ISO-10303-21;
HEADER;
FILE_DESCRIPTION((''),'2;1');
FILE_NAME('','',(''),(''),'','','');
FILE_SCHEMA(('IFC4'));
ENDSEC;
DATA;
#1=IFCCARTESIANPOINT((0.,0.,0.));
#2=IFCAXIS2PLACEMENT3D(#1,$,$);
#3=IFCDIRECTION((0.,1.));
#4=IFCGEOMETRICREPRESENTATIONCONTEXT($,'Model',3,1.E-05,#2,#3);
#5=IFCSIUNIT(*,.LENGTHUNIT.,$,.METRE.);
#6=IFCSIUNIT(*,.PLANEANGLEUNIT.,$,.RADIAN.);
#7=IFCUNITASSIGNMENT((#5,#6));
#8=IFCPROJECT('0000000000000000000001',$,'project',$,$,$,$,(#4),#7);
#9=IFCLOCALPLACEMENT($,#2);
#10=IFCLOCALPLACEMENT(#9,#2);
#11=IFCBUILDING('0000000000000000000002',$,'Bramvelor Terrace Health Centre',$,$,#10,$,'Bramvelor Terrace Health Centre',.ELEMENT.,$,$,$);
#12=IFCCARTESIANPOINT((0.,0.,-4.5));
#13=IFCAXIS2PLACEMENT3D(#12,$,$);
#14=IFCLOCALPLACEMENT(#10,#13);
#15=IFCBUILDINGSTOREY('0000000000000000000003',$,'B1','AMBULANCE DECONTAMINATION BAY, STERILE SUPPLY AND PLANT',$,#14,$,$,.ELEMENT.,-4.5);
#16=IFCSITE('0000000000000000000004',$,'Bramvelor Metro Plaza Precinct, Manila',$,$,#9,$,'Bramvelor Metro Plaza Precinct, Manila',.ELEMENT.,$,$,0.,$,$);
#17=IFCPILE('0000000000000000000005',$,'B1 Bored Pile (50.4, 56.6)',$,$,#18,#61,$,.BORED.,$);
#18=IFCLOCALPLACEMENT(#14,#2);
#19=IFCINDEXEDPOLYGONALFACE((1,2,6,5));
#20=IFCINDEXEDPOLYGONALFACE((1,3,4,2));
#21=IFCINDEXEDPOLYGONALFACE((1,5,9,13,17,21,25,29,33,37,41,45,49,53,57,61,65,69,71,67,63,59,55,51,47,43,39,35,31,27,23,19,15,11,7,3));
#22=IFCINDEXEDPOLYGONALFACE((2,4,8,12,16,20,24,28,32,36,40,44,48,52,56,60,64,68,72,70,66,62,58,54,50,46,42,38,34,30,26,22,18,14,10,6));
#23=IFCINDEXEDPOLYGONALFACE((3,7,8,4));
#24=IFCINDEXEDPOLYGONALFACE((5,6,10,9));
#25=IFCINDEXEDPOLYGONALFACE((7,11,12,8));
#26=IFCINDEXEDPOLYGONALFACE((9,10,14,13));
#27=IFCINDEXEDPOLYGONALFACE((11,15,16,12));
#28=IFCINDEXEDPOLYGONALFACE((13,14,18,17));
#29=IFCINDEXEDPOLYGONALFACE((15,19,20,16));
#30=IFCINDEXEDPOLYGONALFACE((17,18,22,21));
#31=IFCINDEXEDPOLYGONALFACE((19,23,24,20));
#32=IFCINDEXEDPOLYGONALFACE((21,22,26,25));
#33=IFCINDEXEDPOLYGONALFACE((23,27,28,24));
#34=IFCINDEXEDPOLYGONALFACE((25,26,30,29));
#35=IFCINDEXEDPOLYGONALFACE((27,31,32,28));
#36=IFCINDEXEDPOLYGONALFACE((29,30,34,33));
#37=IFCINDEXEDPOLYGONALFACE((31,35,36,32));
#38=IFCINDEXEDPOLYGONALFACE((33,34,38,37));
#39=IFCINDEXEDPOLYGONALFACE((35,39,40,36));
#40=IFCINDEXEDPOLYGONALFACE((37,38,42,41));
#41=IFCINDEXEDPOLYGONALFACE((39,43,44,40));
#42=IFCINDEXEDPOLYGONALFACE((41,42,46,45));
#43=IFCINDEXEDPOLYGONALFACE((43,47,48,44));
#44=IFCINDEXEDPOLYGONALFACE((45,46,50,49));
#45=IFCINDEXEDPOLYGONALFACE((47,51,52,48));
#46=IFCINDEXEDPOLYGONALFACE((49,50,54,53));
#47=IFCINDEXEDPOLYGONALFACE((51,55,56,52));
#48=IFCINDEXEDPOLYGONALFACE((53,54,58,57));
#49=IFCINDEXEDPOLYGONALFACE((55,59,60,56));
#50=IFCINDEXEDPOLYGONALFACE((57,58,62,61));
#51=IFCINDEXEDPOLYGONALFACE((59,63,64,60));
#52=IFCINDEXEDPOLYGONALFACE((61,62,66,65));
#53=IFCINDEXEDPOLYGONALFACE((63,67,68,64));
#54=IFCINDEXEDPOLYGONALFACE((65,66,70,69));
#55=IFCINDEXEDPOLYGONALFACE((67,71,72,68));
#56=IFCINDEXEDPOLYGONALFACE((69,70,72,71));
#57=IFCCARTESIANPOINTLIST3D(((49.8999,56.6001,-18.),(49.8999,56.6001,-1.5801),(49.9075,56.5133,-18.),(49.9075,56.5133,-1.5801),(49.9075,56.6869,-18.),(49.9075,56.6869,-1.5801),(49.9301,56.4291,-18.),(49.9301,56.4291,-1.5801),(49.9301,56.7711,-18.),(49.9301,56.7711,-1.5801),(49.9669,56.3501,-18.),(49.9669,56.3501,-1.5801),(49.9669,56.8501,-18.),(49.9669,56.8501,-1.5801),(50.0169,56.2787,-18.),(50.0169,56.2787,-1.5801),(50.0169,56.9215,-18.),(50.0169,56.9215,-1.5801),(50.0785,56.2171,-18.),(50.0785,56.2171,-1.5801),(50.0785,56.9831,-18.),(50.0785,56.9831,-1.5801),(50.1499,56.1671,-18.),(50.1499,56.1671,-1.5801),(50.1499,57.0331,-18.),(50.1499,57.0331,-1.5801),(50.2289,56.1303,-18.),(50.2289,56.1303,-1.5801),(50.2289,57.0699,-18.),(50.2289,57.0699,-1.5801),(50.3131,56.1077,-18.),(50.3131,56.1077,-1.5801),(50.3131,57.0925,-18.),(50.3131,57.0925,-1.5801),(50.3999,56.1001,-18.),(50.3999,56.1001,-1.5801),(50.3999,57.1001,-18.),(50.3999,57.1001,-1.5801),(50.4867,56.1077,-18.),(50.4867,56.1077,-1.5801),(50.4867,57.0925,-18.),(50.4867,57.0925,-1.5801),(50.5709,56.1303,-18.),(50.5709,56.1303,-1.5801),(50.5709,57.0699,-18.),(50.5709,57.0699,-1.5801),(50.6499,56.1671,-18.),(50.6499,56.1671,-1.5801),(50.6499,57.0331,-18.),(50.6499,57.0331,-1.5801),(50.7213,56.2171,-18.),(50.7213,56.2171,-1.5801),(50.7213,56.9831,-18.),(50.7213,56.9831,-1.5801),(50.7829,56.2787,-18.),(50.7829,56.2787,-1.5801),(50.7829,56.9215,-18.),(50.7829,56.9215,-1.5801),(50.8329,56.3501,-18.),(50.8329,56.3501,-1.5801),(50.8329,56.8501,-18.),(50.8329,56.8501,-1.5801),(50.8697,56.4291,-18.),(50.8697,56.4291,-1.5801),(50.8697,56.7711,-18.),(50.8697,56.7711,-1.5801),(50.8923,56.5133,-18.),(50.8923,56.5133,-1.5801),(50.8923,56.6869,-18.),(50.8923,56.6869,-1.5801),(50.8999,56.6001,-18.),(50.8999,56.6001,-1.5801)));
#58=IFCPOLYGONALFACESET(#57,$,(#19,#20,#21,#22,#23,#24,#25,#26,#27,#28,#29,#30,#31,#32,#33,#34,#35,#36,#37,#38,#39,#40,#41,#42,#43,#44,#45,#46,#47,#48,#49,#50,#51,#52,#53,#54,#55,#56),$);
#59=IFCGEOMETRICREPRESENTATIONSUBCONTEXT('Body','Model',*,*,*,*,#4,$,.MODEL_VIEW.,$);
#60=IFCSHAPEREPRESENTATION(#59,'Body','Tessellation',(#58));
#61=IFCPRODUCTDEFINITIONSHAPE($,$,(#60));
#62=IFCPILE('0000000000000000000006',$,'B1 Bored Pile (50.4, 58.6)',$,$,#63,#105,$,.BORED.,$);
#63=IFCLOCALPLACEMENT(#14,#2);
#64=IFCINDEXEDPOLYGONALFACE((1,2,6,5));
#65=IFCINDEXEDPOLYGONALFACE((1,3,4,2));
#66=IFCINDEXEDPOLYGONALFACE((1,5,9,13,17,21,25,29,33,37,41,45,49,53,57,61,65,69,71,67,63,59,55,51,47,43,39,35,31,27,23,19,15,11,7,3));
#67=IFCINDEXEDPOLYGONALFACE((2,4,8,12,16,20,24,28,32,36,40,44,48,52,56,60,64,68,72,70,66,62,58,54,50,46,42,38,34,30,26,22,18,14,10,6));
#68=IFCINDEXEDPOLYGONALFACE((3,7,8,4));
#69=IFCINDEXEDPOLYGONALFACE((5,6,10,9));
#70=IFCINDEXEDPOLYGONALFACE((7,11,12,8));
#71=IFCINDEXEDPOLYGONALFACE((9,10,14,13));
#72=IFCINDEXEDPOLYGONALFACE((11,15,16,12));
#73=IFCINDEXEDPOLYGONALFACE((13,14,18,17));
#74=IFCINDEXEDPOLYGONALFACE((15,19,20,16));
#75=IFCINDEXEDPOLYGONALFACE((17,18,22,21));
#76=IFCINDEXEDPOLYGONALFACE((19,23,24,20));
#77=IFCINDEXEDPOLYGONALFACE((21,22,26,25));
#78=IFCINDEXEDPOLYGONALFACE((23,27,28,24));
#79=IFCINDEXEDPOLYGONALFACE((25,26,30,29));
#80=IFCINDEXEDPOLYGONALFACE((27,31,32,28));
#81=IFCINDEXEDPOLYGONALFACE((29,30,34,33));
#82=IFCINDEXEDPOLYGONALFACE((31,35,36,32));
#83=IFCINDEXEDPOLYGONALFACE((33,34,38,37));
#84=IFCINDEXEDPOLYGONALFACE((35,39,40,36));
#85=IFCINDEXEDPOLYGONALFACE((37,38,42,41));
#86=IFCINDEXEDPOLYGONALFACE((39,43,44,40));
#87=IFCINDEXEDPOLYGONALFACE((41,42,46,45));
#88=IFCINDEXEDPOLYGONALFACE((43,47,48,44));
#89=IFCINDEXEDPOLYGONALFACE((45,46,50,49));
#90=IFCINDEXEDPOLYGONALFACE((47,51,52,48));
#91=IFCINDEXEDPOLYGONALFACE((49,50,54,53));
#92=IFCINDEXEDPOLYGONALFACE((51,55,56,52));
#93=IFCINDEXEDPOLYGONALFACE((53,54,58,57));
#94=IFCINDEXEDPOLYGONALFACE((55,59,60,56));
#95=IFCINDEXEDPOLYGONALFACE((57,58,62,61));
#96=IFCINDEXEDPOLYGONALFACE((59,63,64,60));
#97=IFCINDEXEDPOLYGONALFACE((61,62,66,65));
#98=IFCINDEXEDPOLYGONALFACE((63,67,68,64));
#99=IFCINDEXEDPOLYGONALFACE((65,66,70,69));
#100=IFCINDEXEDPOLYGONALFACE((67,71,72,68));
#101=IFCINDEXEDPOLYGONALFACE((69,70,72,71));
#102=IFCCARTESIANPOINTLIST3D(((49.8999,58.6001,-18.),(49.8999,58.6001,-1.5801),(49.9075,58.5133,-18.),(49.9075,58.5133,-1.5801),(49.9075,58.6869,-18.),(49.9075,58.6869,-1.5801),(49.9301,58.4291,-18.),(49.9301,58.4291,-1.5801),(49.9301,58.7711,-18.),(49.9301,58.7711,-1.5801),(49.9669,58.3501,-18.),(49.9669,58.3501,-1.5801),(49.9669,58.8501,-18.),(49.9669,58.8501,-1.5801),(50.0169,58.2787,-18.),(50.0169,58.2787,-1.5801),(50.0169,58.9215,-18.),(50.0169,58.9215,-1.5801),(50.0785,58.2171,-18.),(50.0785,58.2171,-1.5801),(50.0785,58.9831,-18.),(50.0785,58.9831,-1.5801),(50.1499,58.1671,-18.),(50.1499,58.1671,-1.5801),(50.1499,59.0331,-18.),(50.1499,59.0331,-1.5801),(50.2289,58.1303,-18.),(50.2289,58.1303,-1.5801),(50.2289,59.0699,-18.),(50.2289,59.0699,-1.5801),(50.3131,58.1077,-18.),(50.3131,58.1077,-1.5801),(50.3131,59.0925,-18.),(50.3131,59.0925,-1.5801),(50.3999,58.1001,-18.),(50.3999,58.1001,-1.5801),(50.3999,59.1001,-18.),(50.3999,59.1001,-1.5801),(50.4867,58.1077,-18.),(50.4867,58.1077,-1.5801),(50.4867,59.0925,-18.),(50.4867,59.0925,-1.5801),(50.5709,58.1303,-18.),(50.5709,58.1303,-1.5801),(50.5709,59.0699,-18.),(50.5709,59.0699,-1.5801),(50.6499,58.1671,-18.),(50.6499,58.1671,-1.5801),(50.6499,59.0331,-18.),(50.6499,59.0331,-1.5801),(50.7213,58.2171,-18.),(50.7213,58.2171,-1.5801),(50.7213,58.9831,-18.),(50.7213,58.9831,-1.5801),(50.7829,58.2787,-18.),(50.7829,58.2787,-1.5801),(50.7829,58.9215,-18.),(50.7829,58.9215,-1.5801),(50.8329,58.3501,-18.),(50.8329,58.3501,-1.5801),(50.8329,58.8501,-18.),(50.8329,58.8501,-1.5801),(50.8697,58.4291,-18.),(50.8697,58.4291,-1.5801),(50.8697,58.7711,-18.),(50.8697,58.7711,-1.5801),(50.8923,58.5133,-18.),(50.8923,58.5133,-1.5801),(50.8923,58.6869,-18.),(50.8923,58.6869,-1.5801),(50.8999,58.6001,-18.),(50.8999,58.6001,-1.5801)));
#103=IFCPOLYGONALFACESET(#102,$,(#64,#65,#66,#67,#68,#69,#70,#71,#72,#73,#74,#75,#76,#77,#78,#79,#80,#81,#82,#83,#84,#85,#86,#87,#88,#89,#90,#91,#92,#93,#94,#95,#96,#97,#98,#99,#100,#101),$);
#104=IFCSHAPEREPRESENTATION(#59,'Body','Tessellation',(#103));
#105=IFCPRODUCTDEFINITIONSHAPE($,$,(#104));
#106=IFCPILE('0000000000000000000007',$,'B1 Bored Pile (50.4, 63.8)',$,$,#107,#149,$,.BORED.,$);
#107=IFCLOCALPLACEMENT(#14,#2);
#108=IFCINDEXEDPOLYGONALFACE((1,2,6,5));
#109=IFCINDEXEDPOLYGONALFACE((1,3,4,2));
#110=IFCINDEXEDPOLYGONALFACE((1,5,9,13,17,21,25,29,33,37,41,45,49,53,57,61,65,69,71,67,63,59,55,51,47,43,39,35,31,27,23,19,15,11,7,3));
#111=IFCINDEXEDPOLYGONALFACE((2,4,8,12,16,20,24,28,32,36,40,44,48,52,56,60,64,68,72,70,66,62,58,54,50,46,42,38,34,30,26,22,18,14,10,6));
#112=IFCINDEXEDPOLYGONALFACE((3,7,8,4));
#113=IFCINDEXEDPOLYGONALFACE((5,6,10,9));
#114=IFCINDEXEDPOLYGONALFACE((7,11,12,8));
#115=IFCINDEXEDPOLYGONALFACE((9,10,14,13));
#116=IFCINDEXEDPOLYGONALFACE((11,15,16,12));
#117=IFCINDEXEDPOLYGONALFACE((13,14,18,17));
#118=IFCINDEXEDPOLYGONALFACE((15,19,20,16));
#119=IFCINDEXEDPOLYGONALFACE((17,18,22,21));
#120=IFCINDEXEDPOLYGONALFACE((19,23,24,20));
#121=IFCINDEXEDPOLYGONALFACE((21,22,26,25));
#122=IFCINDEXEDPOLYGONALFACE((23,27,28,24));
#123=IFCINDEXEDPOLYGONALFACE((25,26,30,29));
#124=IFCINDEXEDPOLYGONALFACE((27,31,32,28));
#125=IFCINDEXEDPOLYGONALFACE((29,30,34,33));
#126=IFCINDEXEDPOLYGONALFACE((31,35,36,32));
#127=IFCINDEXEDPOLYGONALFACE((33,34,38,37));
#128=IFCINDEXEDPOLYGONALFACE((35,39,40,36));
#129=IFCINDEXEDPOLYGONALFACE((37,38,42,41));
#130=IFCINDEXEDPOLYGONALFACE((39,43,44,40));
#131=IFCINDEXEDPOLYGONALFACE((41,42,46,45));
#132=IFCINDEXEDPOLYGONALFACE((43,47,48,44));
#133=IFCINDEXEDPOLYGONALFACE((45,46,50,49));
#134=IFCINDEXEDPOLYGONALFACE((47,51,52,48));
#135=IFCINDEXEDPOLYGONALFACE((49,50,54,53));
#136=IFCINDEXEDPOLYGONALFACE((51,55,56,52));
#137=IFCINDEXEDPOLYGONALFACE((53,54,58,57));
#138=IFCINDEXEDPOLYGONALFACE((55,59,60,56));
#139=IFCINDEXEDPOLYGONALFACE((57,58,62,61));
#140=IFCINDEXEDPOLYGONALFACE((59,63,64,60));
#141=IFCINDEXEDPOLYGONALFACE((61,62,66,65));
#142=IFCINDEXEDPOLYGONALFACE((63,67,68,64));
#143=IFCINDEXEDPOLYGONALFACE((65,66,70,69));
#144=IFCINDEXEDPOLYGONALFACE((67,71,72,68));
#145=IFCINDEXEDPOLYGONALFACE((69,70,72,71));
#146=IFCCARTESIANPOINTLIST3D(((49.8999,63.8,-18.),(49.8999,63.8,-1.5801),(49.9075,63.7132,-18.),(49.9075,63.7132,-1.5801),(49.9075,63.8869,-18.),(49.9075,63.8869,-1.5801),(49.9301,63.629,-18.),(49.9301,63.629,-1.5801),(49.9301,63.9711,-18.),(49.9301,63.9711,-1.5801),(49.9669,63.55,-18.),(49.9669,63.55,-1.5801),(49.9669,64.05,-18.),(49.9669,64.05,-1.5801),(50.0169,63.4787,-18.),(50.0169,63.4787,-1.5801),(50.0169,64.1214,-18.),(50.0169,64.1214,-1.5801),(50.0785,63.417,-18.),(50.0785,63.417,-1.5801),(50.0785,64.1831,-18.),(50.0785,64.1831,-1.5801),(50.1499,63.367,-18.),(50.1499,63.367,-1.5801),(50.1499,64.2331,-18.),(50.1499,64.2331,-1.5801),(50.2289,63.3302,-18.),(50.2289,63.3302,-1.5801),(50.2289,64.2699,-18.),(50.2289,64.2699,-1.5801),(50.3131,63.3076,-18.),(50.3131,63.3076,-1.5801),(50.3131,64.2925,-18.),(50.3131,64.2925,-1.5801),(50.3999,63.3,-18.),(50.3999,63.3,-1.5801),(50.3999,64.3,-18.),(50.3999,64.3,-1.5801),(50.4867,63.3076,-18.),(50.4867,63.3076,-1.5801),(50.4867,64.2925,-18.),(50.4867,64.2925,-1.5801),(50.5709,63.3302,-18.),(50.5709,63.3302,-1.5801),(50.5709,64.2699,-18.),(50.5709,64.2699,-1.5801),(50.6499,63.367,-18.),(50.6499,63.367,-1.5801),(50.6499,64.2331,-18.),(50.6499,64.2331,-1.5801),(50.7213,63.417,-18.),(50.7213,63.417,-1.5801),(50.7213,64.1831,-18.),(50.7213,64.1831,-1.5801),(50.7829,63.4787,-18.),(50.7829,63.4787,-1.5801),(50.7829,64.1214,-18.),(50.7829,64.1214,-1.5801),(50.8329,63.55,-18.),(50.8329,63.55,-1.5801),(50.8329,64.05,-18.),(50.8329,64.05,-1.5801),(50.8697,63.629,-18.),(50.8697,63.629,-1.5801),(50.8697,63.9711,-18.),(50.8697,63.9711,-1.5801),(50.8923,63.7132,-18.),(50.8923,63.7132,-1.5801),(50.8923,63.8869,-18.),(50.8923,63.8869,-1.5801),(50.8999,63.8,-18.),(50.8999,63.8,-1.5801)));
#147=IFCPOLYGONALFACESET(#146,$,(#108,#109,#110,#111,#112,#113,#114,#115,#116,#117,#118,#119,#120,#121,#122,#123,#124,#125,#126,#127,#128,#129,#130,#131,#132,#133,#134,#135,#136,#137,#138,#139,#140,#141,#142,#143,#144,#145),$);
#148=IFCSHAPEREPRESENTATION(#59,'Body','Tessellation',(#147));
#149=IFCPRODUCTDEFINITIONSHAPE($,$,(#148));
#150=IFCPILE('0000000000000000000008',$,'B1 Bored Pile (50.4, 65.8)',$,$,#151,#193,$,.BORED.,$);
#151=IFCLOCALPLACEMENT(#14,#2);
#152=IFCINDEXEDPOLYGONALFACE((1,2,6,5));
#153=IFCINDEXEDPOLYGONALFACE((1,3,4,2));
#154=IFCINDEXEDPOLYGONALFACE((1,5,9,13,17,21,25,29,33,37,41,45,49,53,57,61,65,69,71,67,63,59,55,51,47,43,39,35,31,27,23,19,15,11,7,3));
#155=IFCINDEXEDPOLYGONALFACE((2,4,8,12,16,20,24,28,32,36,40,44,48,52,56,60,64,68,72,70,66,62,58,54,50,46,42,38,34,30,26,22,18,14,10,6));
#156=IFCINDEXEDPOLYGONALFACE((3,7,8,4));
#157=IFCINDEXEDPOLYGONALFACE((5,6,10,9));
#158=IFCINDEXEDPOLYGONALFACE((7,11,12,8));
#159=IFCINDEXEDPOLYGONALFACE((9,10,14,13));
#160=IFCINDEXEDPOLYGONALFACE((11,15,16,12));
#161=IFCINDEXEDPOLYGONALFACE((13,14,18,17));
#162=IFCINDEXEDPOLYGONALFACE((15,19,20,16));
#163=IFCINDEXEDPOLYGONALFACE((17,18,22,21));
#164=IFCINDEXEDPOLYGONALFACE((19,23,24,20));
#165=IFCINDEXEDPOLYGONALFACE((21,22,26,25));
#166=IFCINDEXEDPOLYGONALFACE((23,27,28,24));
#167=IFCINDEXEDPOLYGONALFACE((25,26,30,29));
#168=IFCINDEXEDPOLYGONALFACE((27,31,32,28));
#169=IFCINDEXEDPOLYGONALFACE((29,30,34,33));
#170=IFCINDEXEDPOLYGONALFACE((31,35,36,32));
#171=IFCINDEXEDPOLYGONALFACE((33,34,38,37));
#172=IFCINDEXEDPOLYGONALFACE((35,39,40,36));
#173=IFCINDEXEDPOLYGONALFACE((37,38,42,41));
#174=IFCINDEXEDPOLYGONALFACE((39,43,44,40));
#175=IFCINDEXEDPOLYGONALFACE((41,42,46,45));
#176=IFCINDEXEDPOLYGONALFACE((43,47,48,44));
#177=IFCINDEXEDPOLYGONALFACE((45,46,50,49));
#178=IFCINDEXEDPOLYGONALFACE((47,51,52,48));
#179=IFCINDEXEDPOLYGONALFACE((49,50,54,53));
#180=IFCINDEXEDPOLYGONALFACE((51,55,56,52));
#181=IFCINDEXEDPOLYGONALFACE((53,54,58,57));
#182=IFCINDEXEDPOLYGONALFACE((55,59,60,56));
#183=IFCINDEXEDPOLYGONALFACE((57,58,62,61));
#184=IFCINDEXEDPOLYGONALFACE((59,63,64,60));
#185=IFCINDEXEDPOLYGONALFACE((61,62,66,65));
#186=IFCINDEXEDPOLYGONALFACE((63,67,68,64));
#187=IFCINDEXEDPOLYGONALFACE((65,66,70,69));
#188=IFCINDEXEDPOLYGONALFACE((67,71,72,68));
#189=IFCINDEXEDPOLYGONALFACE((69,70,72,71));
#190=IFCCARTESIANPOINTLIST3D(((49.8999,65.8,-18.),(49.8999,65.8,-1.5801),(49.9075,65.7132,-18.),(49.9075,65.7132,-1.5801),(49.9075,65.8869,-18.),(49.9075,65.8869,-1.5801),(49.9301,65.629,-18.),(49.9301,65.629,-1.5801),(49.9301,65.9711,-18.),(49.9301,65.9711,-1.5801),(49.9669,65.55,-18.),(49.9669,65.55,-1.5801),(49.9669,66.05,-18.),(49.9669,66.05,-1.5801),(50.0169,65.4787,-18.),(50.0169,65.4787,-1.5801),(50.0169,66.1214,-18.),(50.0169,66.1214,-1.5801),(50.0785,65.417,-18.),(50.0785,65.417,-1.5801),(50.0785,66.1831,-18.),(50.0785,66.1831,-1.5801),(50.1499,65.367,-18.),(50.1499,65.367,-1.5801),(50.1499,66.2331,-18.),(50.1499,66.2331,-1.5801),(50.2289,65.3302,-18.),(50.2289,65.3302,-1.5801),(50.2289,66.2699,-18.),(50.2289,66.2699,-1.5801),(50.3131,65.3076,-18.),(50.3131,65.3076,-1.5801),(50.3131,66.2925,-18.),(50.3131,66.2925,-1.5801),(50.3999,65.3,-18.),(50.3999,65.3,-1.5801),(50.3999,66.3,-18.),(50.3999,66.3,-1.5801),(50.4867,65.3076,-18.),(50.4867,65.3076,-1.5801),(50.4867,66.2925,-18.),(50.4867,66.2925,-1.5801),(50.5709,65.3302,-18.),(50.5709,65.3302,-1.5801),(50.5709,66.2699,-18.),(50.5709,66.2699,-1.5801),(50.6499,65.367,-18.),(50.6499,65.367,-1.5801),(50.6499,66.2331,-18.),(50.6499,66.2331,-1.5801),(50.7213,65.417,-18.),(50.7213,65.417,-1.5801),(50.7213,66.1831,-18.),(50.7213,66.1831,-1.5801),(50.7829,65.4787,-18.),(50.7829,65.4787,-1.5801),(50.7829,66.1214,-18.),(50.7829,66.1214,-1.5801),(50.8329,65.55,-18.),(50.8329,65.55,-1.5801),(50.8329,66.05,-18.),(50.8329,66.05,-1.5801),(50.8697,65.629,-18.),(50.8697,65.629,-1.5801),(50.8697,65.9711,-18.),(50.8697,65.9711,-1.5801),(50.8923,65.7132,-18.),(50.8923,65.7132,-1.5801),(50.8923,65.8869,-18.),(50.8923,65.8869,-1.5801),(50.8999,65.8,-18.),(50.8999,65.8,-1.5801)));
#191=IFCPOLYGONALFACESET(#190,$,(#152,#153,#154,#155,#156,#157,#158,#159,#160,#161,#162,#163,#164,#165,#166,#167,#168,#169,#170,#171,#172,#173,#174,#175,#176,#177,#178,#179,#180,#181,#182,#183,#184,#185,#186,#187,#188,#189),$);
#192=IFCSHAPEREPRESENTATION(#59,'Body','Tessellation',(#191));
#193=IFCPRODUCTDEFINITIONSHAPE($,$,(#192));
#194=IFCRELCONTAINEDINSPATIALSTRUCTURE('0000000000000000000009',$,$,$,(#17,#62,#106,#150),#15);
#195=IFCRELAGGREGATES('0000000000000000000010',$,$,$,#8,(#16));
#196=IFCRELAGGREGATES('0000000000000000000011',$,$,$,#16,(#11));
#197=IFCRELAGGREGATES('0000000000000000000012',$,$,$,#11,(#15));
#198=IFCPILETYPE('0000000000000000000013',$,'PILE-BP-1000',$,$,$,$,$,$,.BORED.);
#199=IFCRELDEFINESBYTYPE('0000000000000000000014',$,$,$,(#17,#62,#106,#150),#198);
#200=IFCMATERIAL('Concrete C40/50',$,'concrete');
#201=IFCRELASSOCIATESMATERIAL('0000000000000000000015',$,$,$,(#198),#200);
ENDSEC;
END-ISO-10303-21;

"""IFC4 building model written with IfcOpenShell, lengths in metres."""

from ifc_helpers import new_model, si_unit, direction, frame, origin, origin_2d, place, context, subcontext, project, spatial, circle, extrude, material, material_profile, profile_set, type_object, element, save


model = new_model("IFC4")

# Units and contexts
model_context = context("Model", 3, precision=1e-05, world=origin(), true_north=direction((0.0, 1.0)))
body_context = subcontext(model_context, "Body", "Model", "MODEL_VIEW")
ifc_project = project(units=[si_unit("LENGTHUNIT", "METRE"), si_unit("PLANEANGLEUNIT", "RADIAN")], contexts=[model_context])

# Site, building, storey
site_placement = place(None, origin())
site = spatial("IfcSite", under=ifc_project, at=site_placement, Name="Bramvelor Metro Plaza Precinct, Manila", LongName="Bramvelor Metro Plaza Precinct, Manila", CompositionType="ELEMENT", RefElevation=0.0)
building_placement = place(site_placement, origin())
building = spatial("IfcBuilding", under=site, at=building_placement, Name="Bramvelor Terrace Health Centre", LongName="Bramvelor Terrace Health Centre", CompositionType="ELEMENT")
storey_placement = place(building_placement, frame((0.0, 0.0, -4.5)))
storey = spatial("IfcBuildingStorey", under=building, at=storey_placement, Name="B1", Description="AMBULANCE DECONTAMINATION BAY, STERILE SUPPLY AND PLANT", CompositionType="ELEMENT", Elevation=-4.5)

# Piles
ifc_material_1 = material(Name="Concrete C40/50", Category="concrete")
ifc_material_profile_1 = material_profile(ifc_material_1, circle(Radius=0.5, at=origin_2d()), Name="BP D1000")
ifc_profile_set_1 = profile_set([ifc_material_profile_1], Name="Concrete C40/50")
pile_type = type_object("IfcPileType", Name="PILE-BP-1000", PredefinedType="BORED", material=ifc_profile_set_1)
for number, where, z_axis, x_axis, name in (
    (1, (50.3999, 56.6001, -1.5801), (0.0, 0.0, -1.0), (1.0, 0.0, 0.0), "B1 Bored Pile (50.4, 56.6)"),
    (2, (50.3999, 58.6001, -1.5801), (0.0, 0.0, -1.0), (1.0, 0.0, 0.0), "B1 Bored Pile (50.4, 58.6)"),
    (3, (50.3999, 63.8, -1.5801), (0.0, 0.0, -1.0), (1.0, 0.0, 0.0), "B1 Bored Pile (50.4, 63.8)"),
    (4, (50.3999, 65.8, -1.5801), (0.0, 0.0, -1.0), (1.0, 0.0, 0.0), "B1 Bored Pile (50.4, 65.8)"),
):
    element("IfcPile", number, at=place(storey_placement, frame(where, z_axis=z_axis, x_axis=x_axis)), inside=storey, type_object=pile_type, Name=name, PredefinedType="BORED", context=body_context, shape_type="SweptSolid", body=[
        extrude(circle(Radius=0.5, at=origin_2d()), origin(), (0.0, 0.0, 1.0), 16.4199),
    ])

save(model, "model.ifc")
